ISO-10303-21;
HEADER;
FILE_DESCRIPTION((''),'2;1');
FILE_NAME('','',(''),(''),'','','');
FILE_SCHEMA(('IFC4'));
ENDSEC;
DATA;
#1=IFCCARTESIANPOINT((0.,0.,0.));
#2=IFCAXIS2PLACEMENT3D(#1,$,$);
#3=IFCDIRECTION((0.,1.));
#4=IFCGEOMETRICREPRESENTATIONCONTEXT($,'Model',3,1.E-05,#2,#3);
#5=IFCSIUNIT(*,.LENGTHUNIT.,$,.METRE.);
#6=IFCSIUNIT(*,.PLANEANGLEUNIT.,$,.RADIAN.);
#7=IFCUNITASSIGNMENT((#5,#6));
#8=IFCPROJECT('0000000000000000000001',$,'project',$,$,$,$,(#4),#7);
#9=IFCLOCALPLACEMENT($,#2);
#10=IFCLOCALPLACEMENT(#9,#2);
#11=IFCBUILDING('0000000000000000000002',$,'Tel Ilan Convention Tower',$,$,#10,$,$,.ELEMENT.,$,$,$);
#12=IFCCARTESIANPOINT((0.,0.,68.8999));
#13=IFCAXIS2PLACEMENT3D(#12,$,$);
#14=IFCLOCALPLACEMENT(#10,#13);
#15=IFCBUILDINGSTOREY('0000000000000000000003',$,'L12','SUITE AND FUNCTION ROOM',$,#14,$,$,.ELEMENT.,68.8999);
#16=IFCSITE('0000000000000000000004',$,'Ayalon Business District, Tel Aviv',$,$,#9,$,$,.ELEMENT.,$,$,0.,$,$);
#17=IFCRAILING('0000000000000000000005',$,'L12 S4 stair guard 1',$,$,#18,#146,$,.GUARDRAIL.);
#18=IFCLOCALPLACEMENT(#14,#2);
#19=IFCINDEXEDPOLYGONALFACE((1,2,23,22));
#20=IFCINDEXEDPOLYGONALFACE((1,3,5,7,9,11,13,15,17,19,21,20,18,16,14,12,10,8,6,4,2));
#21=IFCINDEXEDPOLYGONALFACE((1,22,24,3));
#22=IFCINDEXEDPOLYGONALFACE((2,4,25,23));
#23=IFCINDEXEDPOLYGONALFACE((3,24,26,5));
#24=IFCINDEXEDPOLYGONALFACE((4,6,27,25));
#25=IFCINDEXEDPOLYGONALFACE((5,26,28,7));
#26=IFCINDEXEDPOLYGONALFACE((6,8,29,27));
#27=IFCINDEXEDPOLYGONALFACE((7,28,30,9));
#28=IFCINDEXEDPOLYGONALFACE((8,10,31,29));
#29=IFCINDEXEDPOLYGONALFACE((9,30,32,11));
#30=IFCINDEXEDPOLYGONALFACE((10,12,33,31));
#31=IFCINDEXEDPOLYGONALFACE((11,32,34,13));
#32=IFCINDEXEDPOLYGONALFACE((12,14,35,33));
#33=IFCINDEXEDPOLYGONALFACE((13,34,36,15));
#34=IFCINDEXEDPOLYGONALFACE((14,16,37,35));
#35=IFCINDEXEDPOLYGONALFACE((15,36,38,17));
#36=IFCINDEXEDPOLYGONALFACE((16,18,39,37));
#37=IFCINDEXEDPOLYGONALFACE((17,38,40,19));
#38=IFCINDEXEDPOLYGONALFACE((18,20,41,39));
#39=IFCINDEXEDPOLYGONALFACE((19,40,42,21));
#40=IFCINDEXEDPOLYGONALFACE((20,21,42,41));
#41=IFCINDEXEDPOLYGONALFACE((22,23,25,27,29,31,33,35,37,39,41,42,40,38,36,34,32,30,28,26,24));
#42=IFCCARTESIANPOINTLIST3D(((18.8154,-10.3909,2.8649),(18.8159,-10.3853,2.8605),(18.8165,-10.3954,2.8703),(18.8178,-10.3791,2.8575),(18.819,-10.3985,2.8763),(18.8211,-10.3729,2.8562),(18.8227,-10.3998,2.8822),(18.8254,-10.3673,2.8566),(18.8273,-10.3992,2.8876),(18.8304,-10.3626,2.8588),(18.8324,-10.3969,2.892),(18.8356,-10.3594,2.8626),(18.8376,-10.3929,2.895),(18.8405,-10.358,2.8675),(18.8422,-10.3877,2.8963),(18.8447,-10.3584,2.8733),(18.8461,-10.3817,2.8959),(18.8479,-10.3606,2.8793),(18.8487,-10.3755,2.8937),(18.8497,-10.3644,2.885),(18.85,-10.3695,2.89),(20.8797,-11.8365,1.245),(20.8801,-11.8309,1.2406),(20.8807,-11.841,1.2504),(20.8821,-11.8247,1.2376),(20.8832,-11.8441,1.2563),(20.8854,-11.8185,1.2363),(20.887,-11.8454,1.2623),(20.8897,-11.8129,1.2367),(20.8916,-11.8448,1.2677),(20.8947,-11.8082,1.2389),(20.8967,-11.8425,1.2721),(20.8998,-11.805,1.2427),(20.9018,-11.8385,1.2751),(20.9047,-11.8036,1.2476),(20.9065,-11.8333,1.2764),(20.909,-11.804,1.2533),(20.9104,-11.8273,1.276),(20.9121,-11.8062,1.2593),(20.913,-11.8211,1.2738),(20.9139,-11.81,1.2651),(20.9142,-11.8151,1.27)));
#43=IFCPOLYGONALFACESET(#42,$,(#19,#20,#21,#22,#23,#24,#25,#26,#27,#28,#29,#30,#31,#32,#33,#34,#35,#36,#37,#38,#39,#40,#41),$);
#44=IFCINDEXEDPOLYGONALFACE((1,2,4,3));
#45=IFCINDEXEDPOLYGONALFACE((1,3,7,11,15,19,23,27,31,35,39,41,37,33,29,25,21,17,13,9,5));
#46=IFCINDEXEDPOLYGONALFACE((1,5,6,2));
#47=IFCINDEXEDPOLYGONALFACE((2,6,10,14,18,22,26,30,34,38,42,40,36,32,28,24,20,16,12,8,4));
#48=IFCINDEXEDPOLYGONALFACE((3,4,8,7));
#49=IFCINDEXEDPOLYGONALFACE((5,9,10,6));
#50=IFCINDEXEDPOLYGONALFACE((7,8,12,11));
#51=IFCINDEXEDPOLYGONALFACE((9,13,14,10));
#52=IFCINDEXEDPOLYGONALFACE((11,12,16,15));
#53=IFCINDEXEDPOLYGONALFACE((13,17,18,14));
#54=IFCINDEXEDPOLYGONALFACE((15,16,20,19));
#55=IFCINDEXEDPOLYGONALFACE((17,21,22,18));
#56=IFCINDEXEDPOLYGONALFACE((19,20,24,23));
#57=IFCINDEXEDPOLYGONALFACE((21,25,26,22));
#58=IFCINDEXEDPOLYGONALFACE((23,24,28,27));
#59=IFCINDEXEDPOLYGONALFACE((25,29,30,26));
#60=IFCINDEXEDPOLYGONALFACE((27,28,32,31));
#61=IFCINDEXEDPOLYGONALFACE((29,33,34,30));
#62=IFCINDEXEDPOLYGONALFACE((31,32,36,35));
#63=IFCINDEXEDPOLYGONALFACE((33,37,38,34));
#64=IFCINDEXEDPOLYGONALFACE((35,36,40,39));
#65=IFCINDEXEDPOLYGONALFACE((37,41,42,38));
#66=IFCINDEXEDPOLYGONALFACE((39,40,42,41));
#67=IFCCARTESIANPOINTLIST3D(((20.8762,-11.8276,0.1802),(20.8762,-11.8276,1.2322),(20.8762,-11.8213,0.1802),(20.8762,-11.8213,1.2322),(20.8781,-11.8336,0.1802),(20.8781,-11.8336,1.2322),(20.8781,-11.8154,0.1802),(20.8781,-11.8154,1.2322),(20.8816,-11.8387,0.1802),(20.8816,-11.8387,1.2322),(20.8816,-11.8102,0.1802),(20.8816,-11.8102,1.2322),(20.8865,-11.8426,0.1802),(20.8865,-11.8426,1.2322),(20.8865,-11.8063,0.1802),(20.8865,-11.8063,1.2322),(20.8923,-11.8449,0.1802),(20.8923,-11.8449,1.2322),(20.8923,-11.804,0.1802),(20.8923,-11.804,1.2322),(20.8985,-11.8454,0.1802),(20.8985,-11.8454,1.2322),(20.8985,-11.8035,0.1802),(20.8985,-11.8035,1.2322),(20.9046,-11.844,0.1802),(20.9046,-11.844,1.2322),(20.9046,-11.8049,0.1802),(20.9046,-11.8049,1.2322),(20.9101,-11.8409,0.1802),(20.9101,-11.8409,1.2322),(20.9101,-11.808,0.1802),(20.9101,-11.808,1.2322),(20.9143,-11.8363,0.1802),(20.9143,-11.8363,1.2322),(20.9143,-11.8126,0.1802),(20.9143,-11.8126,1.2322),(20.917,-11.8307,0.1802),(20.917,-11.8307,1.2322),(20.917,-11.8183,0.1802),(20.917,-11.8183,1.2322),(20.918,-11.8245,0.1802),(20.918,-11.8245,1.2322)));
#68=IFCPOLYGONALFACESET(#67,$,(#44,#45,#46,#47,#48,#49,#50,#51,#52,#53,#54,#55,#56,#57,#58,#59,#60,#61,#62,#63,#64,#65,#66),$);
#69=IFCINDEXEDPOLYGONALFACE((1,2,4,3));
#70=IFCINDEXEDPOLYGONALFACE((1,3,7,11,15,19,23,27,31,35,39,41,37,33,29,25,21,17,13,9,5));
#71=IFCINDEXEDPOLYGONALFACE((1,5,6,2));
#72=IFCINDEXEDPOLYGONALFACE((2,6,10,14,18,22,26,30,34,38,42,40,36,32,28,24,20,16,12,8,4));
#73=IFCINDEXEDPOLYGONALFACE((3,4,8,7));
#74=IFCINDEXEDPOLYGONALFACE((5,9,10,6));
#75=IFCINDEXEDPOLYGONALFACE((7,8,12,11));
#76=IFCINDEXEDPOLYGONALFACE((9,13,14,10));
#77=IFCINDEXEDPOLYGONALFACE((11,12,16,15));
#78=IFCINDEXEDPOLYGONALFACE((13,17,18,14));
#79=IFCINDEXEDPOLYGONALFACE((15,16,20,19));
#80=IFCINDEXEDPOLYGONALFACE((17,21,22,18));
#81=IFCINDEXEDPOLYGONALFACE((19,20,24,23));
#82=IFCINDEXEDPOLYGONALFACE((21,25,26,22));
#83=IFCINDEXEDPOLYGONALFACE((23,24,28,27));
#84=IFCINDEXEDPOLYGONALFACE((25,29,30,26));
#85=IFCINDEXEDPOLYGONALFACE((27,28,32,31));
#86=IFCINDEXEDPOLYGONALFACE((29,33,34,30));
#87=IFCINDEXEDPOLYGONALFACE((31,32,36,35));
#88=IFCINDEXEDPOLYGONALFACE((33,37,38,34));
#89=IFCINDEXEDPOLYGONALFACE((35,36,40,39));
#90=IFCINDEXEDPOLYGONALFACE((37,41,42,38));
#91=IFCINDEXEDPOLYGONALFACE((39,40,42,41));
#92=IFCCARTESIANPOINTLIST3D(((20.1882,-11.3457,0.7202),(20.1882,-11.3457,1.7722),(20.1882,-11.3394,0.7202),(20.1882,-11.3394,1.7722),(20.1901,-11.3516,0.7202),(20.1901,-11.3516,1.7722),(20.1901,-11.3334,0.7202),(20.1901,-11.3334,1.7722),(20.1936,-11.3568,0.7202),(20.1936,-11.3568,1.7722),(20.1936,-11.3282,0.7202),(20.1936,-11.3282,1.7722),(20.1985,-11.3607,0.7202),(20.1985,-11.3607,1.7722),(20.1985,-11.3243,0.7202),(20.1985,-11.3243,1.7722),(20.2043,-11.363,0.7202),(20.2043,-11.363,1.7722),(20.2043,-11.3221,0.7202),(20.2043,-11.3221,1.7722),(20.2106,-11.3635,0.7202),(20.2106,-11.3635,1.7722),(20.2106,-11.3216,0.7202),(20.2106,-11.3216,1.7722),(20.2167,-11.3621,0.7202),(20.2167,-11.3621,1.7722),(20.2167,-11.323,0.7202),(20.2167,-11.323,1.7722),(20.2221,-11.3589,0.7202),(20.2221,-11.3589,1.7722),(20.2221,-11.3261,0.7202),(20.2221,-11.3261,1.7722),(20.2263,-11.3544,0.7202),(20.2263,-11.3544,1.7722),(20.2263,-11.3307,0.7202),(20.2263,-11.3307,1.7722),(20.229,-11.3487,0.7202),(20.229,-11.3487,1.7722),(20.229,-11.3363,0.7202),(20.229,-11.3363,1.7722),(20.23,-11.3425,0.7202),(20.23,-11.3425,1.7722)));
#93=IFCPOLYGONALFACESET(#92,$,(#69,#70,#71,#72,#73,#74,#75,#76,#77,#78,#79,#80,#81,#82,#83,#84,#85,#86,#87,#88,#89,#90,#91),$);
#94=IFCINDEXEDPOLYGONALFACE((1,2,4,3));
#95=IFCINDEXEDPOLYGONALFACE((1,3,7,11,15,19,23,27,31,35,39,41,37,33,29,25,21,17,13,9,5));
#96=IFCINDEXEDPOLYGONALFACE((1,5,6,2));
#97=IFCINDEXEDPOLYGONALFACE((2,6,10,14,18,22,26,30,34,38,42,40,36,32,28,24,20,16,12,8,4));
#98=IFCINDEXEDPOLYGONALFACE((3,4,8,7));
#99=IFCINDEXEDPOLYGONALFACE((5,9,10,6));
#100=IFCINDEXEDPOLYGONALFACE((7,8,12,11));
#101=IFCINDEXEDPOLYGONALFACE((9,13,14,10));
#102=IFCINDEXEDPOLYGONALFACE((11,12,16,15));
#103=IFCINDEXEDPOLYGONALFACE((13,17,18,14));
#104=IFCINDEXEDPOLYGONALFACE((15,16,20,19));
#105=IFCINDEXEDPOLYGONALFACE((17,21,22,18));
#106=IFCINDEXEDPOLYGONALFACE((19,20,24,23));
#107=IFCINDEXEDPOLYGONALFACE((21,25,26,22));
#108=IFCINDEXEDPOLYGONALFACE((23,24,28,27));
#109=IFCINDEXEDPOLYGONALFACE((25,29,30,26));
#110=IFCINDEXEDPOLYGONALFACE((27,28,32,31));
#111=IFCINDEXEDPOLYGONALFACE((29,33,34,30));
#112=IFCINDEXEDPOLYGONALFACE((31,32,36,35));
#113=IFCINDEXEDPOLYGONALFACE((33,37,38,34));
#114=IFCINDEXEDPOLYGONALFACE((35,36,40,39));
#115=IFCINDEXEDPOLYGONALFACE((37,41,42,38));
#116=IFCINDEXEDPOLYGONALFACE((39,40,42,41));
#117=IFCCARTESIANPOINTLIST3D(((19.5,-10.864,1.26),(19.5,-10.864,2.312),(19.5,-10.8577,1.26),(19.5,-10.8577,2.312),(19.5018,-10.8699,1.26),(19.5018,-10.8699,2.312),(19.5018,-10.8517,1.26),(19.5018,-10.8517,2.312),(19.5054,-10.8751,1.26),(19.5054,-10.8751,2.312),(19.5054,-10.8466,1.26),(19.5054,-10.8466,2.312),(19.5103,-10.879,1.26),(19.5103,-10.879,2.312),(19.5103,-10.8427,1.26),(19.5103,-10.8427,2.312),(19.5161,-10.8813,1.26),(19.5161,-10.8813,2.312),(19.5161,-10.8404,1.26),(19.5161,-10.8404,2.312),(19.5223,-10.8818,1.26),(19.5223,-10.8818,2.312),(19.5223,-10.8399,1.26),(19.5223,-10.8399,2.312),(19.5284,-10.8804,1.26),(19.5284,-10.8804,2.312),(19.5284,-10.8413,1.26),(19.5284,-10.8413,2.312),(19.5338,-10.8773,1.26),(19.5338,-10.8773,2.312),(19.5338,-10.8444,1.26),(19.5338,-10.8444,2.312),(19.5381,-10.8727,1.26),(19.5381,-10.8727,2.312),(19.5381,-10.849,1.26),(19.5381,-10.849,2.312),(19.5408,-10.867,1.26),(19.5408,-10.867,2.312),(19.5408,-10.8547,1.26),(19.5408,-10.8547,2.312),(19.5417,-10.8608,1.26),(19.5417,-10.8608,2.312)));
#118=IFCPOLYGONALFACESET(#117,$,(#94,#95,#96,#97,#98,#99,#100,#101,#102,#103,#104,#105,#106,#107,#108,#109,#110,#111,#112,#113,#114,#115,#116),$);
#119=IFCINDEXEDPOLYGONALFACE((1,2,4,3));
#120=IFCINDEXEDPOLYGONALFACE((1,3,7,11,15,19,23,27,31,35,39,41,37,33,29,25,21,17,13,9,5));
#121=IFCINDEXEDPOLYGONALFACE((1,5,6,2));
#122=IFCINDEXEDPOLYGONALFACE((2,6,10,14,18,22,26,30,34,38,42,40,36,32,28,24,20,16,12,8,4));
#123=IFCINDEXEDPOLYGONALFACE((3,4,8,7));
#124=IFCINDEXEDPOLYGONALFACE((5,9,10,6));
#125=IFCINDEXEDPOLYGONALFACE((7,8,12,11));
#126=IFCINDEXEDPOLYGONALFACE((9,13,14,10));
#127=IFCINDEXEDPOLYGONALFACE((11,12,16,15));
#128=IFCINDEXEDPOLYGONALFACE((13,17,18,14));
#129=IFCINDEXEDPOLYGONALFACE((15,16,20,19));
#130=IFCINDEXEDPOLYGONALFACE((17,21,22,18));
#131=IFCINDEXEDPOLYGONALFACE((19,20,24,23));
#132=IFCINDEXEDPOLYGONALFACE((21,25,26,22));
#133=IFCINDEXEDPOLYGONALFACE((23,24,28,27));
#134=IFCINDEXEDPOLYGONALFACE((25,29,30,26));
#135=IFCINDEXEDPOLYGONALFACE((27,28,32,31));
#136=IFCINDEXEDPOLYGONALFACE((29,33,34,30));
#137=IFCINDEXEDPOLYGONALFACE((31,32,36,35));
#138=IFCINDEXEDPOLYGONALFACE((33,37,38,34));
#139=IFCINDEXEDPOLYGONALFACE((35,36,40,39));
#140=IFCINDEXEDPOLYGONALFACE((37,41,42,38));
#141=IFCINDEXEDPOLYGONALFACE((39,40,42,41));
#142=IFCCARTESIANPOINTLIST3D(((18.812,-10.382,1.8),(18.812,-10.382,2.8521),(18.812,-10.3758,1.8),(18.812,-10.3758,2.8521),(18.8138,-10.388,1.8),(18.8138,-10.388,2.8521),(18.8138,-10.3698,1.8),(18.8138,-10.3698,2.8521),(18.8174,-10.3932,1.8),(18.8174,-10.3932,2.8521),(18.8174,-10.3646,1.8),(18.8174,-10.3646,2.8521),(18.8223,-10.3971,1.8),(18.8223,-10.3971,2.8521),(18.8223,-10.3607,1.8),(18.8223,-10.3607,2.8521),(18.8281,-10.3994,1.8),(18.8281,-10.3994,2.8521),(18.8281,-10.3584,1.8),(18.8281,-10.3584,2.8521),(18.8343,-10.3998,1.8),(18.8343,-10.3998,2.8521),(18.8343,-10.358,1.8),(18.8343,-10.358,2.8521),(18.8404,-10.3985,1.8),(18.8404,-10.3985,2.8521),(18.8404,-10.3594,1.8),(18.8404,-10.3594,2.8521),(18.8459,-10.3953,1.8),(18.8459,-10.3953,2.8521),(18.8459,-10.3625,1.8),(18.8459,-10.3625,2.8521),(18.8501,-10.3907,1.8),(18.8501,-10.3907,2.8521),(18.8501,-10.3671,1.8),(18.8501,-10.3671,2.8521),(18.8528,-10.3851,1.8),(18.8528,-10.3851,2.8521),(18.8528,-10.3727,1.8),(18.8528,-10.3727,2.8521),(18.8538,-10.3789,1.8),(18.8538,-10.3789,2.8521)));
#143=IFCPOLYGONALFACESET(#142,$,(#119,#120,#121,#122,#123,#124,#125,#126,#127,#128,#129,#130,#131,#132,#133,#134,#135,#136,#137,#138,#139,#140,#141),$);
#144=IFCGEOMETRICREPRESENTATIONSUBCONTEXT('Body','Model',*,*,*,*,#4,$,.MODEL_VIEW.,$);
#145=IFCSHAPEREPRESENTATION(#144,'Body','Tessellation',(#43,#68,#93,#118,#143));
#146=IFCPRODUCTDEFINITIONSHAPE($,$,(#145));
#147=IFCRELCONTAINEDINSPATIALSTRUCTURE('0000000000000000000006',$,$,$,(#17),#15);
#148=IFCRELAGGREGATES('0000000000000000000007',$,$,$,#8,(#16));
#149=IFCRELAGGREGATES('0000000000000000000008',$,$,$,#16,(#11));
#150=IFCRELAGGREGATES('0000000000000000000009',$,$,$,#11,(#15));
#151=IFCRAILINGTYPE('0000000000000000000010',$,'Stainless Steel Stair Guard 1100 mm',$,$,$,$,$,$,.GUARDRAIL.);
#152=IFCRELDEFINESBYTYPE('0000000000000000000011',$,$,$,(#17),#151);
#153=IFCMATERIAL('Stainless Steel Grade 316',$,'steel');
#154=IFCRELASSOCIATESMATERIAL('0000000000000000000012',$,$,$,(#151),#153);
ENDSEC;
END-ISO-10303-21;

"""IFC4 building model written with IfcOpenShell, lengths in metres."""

from ifc_helpers import new_model, si_unit, direction, frame, origin, origin_2d, place, context, subcontext, project, spatial, circle, extrude, material, type_object, element, save


model = new_model("IFC4")

# Units and contexts
model_context = context("Model", 3, precision=1e-05, world=origin(), true_north=direction((0.0, 1.0)))
body_context = subcontext(model_context, "Body", "Model", "MODEL_VIEW")
ifc_project = project(units=[si_unit("LENGTHUNIT", "METRE"), si_unit("PLANEANGLEUNIT", "RADIAN")], contexts=[model_context])

# Site, building, storey
site_placement = place(None, origin())
site = spatial("IfcSite", under=ifc_project, at=site_placement, Name="Ayalon Business District, Tel Aviv", CompositionType="ELEMENT", RefElevation=0.0)
building_placement = place(site_placement, origin())
building = spatial("IfcBuilding", under=site, at=building_placement, Name="Tel Ilan Convention Tower", CompositionType="ELEMENT")
storey_placement = place(building_placement, frame((0.0, 0.0, 68.8999)))
storey = spatial("IfcBuildingStorey", under=building, at=storey_placement, Name="L12", Description="SUITE AND FUNCTION ROOM", CompositionType="ELEMENT", Elevation=68.8999)

# Railing
ifc_material_1 = material(Name="Stainless Steel Grade 316", Category="steel")
railing_type_1 = type_object("IfcRailingType", Name="Stainless Steel Stair Guard 1100 mm", PredefinedType="GUARDRAIL", material=ifc_material_1)
railing_1_placement = place(storey_placement, frame((20.897, -11.8245, 0.1802)))
element("IfcRailing", 1, at=railing_1_placement, inside=storey, type_object=railing_type_1, Name="L12 S4 stair guard 1", PredefinedType="GUARDRAIL", context=body_context, shape_type="SweptSolid", body=[
    extrude(circle(Radius=0.0239, at=origin_2d()), frame((0.0, 0.0, 1.0762), z_axis=(-0.689043, 0.482534, 0.540722), x_axis=(-0.573625, -0.819118, 0.0)), (0.0, 0.0, 1.0), 2.9958),
    extrude(circle(Radius=0.021, at=origin_2d()), origin(), (0.0, 0.0, 1.0), 1.052),
    extrude(circle(Radius=0.021, at=origin_2d()), frame((-0.688, 0.4819, 0.54)), (0.0, 0.0, 1.0), 1.052),
    extrude(circle(Radius=0.021, at=origin_2d()), frame((-1.3762, 0.9636, 1.0798)), (0.0, 0.0, 1.0), 1.052),
    extrude(circle(Radius=0.021, at=origin_2d()), frame((-2.0642, 1.4456, 1.6199)), (0.0, 0.0, 1.0), 1.052),
])

save(model, "model.ifc")
